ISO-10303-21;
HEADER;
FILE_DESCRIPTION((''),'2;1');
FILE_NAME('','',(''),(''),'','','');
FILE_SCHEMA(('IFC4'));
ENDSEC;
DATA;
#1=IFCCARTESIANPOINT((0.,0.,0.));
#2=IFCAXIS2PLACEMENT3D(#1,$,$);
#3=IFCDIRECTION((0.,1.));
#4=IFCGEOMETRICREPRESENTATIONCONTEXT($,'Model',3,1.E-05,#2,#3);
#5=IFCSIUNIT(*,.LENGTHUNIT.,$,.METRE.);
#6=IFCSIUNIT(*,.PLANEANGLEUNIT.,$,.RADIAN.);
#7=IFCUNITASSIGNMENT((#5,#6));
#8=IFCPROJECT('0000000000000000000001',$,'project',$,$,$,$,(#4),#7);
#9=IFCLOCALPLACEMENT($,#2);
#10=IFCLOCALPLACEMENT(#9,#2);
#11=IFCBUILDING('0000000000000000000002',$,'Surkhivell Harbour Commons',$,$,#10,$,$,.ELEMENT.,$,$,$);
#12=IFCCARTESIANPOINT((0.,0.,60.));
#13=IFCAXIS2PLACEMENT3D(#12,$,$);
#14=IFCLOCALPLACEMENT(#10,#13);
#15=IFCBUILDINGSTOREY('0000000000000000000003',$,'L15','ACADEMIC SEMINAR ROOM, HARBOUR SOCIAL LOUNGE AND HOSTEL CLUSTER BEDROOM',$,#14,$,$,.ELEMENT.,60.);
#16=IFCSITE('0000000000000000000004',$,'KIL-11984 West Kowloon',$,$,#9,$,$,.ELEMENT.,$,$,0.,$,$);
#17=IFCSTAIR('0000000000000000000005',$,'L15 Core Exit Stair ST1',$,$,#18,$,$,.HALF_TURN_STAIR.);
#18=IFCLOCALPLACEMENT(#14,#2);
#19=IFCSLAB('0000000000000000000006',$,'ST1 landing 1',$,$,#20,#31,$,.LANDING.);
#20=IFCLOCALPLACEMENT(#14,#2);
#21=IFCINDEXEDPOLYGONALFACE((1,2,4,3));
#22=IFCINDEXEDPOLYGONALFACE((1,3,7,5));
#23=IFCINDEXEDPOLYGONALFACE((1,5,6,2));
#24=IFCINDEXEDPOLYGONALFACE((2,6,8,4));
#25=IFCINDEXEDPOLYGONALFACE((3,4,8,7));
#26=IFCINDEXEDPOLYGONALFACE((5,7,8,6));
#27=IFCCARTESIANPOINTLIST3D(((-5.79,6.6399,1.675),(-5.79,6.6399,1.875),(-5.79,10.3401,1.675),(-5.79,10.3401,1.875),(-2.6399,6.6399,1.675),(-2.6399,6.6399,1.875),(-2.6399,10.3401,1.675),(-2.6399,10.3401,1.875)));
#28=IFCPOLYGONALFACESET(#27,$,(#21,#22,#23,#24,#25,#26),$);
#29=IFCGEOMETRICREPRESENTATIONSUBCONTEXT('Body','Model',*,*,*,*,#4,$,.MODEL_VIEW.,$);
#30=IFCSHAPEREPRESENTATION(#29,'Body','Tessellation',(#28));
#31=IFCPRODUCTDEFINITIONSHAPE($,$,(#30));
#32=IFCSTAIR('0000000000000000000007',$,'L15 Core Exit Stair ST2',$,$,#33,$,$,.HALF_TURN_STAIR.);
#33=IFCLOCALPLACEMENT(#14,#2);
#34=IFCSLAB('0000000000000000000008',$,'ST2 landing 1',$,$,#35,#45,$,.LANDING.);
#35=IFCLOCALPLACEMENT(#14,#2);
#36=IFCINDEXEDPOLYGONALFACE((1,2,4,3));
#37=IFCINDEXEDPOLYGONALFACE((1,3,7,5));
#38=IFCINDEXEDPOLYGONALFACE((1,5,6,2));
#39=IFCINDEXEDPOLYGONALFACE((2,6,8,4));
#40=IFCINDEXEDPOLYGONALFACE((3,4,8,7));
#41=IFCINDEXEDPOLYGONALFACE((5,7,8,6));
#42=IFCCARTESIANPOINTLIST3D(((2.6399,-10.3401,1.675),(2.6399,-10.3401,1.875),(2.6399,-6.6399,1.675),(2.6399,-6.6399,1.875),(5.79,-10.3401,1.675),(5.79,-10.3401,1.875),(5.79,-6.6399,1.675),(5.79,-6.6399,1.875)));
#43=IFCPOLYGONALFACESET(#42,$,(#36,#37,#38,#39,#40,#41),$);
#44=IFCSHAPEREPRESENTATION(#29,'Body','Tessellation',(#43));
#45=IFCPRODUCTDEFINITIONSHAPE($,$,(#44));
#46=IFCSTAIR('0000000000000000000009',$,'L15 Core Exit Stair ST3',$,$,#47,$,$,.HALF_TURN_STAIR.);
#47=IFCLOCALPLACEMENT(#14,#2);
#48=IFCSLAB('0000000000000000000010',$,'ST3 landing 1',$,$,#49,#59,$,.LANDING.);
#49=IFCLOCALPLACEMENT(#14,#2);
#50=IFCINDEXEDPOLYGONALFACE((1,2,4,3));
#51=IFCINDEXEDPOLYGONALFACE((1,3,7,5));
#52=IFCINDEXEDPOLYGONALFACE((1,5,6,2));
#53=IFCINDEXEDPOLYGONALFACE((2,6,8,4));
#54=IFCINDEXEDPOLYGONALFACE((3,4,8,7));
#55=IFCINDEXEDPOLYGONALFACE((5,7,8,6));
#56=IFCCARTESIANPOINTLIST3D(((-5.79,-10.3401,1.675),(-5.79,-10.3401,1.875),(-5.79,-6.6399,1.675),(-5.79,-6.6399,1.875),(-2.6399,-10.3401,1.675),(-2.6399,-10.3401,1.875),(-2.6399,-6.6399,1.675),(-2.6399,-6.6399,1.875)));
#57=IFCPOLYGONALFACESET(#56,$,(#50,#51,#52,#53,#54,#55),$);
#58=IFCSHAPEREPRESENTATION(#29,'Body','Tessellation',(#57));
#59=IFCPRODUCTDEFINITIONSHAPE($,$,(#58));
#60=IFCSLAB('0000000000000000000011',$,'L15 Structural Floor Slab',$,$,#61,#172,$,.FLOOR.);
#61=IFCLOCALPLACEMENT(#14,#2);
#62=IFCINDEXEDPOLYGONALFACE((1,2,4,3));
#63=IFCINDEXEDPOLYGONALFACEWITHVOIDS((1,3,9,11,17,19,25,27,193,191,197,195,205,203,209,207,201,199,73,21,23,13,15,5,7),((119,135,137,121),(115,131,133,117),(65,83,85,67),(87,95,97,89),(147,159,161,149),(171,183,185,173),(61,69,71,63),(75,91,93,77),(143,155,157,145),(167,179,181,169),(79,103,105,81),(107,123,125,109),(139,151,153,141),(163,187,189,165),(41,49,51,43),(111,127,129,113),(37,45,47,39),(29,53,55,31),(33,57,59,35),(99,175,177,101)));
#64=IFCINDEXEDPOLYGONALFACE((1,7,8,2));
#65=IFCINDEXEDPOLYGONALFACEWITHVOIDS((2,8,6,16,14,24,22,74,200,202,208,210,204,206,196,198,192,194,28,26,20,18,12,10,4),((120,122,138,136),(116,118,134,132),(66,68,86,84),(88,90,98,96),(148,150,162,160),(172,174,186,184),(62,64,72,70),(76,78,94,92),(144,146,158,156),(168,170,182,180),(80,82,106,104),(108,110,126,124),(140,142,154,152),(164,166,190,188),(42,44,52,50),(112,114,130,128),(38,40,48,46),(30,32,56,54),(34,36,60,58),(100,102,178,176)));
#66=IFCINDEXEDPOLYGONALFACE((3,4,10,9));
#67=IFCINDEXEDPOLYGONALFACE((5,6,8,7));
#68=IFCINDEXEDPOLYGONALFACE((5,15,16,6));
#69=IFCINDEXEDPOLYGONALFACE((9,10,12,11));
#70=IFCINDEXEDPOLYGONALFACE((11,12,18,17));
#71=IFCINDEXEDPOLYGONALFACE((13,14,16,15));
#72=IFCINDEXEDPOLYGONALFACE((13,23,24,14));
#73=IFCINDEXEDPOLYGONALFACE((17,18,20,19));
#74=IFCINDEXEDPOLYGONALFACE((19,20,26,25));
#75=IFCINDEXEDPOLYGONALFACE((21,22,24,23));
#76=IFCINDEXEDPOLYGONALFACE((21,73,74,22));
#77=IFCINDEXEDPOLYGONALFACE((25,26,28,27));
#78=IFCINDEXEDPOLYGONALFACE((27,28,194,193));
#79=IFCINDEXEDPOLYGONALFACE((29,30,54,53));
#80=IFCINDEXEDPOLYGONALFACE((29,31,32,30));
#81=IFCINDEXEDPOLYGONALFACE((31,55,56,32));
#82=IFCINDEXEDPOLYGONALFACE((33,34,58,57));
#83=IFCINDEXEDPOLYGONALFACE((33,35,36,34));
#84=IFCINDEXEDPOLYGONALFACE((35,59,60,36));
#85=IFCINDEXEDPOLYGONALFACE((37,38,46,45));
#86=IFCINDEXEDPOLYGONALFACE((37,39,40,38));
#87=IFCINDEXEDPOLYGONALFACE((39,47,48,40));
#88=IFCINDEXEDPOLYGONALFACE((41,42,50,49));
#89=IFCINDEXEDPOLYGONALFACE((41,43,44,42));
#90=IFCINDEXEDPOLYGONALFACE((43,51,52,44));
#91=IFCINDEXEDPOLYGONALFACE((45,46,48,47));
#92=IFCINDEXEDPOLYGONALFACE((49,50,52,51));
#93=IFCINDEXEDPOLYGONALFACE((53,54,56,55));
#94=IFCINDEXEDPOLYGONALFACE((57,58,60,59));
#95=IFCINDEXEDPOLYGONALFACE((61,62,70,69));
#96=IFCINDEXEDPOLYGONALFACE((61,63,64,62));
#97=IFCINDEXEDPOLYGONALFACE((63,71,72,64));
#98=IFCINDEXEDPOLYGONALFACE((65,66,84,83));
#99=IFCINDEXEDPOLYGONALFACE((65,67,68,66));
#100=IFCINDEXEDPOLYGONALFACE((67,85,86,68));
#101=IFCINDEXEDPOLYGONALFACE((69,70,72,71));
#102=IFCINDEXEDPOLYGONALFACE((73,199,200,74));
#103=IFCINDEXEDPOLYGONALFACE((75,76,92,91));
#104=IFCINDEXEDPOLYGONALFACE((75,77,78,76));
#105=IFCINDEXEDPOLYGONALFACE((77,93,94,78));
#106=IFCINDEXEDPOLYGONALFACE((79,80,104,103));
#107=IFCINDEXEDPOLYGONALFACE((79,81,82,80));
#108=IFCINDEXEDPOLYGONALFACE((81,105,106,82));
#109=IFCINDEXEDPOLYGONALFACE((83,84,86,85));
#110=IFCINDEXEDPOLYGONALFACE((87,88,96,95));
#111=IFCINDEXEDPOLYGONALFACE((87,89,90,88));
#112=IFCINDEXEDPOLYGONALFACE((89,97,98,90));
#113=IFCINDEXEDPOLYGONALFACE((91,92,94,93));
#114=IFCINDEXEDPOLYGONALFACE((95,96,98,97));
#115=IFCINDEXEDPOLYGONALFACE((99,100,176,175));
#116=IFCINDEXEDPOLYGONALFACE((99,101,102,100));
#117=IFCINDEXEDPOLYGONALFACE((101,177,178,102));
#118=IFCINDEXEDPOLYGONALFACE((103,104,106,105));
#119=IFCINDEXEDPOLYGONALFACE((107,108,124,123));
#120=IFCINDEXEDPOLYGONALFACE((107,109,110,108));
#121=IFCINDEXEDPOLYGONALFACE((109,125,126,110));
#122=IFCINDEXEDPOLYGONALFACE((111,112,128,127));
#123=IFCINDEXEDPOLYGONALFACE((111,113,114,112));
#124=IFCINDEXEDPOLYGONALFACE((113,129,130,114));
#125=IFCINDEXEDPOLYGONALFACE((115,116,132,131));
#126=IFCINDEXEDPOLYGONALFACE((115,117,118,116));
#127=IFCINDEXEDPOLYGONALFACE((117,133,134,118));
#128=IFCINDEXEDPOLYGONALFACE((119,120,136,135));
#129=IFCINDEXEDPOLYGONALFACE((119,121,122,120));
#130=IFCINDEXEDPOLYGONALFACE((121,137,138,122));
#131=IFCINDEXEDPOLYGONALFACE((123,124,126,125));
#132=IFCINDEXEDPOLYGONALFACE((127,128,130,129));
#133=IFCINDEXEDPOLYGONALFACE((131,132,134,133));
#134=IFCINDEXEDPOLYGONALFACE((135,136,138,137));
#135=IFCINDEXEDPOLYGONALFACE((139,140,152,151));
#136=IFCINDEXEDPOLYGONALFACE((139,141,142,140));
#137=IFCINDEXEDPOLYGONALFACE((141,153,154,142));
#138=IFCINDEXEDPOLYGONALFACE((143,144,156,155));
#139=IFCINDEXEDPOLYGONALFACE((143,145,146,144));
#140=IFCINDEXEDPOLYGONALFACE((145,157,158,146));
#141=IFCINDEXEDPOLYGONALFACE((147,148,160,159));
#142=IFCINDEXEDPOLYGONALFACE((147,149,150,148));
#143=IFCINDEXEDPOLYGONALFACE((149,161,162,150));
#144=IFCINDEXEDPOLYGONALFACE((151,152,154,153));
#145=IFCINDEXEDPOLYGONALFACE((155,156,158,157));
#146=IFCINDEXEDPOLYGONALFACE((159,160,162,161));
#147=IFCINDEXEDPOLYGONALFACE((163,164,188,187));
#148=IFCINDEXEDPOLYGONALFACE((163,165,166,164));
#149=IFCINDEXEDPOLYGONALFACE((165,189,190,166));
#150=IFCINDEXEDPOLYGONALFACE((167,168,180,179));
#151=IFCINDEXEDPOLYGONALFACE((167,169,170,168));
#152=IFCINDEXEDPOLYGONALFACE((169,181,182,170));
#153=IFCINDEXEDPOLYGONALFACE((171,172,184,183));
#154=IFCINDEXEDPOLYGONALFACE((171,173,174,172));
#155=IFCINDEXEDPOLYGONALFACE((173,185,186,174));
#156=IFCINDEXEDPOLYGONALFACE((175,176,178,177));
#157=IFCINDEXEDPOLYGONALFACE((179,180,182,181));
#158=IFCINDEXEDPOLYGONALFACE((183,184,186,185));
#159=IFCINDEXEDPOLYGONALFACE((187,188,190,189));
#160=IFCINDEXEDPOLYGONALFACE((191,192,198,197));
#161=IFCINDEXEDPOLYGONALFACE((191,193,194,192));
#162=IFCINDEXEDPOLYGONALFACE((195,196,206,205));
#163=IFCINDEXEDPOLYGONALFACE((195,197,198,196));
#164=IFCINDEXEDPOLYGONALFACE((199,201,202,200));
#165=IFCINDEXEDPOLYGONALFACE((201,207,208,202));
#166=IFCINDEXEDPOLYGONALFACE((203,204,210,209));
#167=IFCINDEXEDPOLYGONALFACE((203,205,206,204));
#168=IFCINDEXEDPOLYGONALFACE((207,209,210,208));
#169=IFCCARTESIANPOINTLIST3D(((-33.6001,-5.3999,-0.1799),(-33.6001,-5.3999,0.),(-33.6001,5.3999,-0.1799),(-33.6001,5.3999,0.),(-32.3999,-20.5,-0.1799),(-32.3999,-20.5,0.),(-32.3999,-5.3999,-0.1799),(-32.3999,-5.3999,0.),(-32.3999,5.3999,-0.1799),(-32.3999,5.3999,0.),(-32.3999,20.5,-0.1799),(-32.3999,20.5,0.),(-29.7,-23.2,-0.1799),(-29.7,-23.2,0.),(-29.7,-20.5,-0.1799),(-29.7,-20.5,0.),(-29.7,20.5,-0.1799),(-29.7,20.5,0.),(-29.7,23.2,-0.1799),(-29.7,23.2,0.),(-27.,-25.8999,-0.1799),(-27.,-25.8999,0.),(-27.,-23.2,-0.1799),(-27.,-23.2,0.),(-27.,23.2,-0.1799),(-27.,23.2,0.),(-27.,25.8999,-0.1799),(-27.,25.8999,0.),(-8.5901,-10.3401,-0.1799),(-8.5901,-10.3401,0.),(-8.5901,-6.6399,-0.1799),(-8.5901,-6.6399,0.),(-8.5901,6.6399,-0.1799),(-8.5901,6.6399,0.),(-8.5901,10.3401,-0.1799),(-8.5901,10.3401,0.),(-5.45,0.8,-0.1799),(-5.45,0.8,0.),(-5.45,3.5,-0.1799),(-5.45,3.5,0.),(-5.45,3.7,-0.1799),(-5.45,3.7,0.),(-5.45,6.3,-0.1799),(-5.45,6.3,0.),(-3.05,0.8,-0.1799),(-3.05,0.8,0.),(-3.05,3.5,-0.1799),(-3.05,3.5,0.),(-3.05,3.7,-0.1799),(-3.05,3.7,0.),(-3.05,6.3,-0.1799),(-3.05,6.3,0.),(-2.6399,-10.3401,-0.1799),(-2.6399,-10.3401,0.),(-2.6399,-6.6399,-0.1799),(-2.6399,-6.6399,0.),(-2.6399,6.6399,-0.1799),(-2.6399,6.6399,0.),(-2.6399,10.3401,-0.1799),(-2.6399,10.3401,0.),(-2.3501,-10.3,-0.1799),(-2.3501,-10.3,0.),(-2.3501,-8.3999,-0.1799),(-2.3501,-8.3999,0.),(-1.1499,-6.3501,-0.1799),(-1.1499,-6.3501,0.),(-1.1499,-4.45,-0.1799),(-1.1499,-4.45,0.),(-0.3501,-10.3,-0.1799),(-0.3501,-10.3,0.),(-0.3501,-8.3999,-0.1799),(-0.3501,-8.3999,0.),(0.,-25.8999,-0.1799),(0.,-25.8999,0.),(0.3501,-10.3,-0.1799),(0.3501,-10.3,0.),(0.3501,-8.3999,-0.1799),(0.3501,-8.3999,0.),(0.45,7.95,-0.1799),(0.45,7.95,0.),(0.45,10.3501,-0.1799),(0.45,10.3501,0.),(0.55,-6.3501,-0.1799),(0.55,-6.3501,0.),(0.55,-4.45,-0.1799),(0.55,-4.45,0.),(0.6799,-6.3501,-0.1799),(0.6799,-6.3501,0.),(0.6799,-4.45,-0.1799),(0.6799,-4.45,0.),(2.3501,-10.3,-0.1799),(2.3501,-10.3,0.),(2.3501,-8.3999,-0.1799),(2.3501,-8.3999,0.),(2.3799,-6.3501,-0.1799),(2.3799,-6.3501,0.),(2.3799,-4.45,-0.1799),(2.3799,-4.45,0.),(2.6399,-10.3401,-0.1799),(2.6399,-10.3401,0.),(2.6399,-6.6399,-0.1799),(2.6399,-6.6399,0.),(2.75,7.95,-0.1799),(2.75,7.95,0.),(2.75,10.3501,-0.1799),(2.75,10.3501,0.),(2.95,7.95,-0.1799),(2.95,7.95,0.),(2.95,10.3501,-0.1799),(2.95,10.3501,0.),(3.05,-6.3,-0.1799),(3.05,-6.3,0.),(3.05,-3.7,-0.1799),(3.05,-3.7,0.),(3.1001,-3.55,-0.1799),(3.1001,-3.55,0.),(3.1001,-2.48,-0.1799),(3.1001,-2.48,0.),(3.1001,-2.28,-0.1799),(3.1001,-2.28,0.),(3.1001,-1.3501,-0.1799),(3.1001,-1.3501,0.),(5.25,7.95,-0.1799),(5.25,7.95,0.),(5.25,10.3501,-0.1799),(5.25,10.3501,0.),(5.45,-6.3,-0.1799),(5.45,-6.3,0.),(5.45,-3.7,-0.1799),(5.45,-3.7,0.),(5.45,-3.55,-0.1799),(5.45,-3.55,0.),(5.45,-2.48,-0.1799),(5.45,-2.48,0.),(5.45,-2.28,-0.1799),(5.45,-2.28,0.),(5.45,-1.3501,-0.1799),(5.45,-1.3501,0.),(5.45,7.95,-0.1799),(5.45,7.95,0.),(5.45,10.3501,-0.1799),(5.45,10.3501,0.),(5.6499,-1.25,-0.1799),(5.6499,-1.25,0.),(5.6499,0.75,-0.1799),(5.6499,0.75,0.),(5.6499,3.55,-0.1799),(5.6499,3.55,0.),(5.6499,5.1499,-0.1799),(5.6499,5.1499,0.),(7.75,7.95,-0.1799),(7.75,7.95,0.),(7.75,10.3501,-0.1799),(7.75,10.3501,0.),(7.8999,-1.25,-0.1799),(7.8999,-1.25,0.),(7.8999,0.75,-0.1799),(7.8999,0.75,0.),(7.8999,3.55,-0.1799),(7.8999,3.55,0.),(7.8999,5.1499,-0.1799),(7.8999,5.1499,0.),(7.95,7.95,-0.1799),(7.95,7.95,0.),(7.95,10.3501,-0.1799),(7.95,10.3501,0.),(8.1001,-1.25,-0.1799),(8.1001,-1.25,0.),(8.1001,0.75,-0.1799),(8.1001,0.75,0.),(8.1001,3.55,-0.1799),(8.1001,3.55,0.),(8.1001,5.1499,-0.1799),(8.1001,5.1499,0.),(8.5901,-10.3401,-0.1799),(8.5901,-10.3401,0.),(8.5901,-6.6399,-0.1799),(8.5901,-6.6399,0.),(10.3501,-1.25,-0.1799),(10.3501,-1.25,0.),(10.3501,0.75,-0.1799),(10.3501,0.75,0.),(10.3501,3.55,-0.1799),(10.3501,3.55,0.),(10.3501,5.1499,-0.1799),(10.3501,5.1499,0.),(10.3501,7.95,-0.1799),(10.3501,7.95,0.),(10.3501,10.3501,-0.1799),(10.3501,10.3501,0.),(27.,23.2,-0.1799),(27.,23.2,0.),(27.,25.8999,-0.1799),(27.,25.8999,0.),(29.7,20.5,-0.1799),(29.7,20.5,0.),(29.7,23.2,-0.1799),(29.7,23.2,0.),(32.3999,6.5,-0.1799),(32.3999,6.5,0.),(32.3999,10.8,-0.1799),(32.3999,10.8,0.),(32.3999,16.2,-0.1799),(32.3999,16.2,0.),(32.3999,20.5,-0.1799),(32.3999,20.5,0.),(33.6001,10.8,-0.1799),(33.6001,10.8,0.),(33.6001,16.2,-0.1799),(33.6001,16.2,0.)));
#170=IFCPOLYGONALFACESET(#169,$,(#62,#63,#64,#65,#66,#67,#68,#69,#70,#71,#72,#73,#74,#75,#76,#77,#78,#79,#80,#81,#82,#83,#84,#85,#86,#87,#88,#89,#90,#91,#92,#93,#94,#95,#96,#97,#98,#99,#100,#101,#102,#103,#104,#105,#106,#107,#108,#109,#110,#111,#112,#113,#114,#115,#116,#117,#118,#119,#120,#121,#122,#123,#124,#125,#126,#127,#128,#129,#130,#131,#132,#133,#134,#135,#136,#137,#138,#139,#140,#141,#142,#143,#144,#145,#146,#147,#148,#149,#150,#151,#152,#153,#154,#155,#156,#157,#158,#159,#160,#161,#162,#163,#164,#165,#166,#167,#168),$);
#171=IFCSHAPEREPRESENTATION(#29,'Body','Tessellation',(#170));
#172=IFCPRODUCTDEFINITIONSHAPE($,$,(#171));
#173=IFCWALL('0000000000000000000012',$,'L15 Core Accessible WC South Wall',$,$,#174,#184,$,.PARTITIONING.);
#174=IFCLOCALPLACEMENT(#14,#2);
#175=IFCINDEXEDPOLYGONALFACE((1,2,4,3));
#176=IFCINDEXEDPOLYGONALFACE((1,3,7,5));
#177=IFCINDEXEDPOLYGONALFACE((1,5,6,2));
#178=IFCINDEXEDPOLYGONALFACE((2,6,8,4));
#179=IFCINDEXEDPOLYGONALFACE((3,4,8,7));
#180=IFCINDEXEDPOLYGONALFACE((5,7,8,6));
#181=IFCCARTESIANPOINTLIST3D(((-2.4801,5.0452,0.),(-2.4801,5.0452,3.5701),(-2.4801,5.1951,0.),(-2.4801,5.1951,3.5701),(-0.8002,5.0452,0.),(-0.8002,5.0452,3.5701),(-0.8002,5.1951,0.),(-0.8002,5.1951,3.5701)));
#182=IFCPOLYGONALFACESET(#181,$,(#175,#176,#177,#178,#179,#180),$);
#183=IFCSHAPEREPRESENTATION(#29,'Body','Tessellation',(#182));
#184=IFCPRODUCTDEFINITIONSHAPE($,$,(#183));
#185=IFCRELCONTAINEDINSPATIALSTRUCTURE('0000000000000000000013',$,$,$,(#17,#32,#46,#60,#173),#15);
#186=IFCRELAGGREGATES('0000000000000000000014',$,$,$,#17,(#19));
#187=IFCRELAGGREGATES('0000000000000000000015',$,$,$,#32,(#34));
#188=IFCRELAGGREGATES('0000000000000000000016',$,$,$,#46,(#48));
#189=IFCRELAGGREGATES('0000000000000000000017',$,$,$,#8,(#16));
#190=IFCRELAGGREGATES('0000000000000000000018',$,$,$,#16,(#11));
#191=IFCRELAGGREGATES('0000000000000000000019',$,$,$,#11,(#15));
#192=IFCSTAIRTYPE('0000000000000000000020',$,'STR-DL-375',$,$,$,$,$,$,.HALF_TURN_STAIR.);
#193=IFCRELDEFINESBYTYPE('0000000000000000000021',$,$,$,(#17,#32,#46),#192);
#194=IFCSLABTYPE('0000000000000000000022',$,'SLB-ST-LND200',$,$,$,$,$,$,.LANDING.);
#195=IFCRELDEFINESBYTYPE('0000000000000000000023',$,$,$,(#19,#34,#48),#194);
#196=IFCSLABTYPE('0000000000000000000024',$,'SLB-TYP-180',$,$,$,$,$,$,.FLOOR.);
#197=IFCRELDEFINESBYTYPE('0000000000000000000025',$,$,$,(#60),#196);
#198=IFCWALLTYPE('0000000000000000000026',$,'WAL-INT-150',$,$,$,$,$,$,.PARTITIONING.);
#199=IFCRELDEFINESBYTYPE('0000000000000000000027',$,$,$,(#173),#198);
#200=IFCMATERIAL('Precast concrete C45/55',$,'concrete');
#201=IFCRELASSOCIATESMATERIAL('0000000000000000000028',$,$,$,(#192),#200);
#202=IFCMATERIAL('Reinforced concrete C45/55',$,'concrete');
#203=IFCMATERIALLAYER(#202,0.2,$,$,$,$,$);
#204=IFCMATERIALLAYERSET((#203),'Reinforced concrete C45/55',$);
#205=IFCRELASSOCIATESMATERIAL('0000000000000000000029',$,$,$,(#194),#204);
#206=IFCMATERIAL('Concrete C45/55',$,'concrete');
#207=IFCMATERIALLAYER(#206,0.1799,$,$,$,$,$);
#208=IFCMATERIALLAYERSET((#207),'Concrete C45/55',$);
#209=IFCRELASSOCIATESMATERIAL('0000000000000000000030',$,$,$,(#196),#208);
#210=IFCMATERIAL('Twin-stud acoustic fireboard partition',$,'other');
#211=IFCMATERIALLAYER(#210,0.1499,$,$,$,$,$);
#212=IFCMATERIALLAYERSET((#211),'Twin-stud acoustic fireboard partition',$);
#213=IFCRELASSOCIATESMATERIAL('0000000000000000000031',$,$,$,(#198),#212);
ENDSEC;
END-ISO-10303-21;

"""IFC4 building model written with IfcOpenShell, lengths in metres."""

from ifc_helpers import new_model, si_unit, direction, frame, frame_2d, origin, place, context, subcontext, project, spatial, polyline, rectangle, outline, extrude, material, layer, layer_set, type_object, element, aggregate, save


model = new_model("IFC4")

# Units and contexts
model_context = context("Model", 3, precision=1e-05, world=origin(), true_north=direction((0.0, 1.0)))
body_context = subcontext(model_context, "Body", "Model", "MODEL_VIEW")
ifc_project = project(units=[si_unit("LENGTHUNIT", "METRE"), si_unit("PLANEANGLEUNIT", "RADIAN")], contexts=[model_context])

# Site, building, storey
site_placement = place(None, origin())
site = spatial("IfcSite", under=ifc_project, at=site_placement, Name="KIL-11984 West Kowloon", CompositionType="ELEMENT", RefElevation=0.0)
building_placement = place(site_placement, origin())
building = spatial("IfcBuilding", under=site, at=building_placement, Name="Surkhivell Harbour Commons", CompositionType="ELEMENT")
storey_placement = place(building_placement, frame((0.0, 0.0, 60.0)))
storey = spatial("IfcBuildingStorey", under=building, at=storey_placement, Name="L15", Description="ACADEMIC SEMINAR ROOM, HARBOUR SOCIAL LOUNGE AND HOSTEL CLUSTER BEDROOM", CompositionType="ELEMENT", Elevation=60.0)

# Stairs, slabs
ifc_material_1 = material(Name="Precast concrete C45/55", Category="concrete")
stair_type = type_object("IfcStairType", Name="STR-DL-375", PredefinedType="HALF_TURN_STAIR", material=ifc_material_1)
stair_1_placement = place(storey_placement, origin())
stair_1 = element("IfcStair", 1, at=stair_1_placement, inside=storey, type_object=stair_type, Name="L15 Core Exit Stair ST1", PredefinedType="HALF_TURN_STAIR")
ifc_material_2 = material(Name="Reinforced concrete C45/55", Category="concrete")
ifc_layer_1 = layer(ifc_material_2, 0.2)
ifc_layer_set_1 = layer_set([ifc_layer_1], Name="Reinforced concrete C45/55")
slab_type_1 = type_object("IfcSlabType", Name="SLB-ST-LND200", PredefinedType="LANDING", material=ifc_layer_set_1)
slab_1_placement = place(storey_placement, frame((0.0, 0.0, 1.675)))
slab_1 = element("IfcSlab", 2, at=slab_1_placement, type_object=slab_type_1, Name="ST1 landing 1", PredefinedType="LANDING", context=body_context, shape_type="SweptSolid", body=[
    extrude(outline(polyline([(-5.79, 6.6399), (-2.6399, 6.6399), (-2.6399, 10.3401), (-5.79, 10.3401), (-5.79, 6.6399)])), origin(), (0.0, 0.0, 1.0), 0.2),
])
aggregate(stair_1, [slab_1])
stair_2_placement = place(storey_placement, origin())
stair_2 = element("IfcStair", 3, at=stair_2_placement, inside=storey, type_object=stair_type, Name="L15 Core Exit Stair ST2", PredefinedType="HALF_TURN_STAIR")
slab_2_placement = place(storey_placement, frame((0.0, 0.0, 1.675)))
slab_2 = element("IfcSlab", 4, at=slab_2_placement, type_object=slab_type_1, Name="ST2 landing 1", PredefinedType="LANDING", context=body_context, shape_type="SweptSolid", body=[
    extrude(outline(polyline([(5.79, -6.6399), (2.6399, -6.6399), (2.6399, -10.3401), (5.79, -10.3401), (5.79, -6.6399)])), origin(), (0.0, 0.0, 1.0), 0.2),
])
aggregate(stair_2, [slab_2])
stair_3_placement = place(storey_placement, origin())
stair_3 = element("IfcStair", 5, at=stair_3_placement, inside=storey, type_object=stair_type, Name="L15 Core Exit Stair ST3", PredefinedType="HALF_TURN_STAIR")
slab_3_placement = place(storey_placement, frame((0.0, 0.0, 1.675)))
slab_3 = element("IfcSlab", 6, at=slab_3_placement, type_object=slab_type_1, Name="ST3 landing 1", PredefinedType="LANDING", context=body_context, shape_type="SweptSolid", body=[
    extrude(outline(polyline([(-5.79, -10.3401), (-2.6399, -10.3401), (-2.6399, -6.6399), (-5.79, -6.6399), (-5.79, -10.3401)])), origin(), (0.0, 0.0, 1.0), 0.2),
])
aggregate(stair_3, [slab_3])

# Slab
ifc_material_3 = material(Name="Concrete C45/55", Category="concrete")
ifc_layer_2 = layer(ifc_material_3, 0.1799)
ifc_layer_set_2 = layer_set([ifc_layer_2], Name="Concrete C45/55")
slab_type_2 = type_object("IfcSlabType", Name="SLB-TYP-180", PredefinedType="FLOOR", material=ifc_layer_set_2)
slab_4_placement = place(storey_placement, frame((0.0, 0.0, -0.1799)))
element("IfcSlab", 7, at=slab_4_placement, inside=storey, type_object=slab_type_2, Name="L15 Structural Floor Slab", PredefinedType="FLOOR", context=body_context, shape_type="SweptSolid", body=[
    extrude(outline(polyline([(-32.3999, 20.5), (-32.3999, 5.3999), (-33.6001, 5.3999), (-33.6001, -5.3999), (-32.3999, -5.3999), (-32.3999, -20.5), (-29.7, -20.5), (-29.7, -23.2), (-27.0, -23.2), (-27.0, -25.8999), (0.0, -25.8999), (32.3999, 6.5), (32.3999, 10.8), (33.6001, 10.8), (33.6001, 16.2), (32.3999, 16.2), (32.3999, 20.5), (29.7, 20.5), (29.7, 23.2), (27.0, 23.2), (27.0, 25.8999), (-27.0, 25.8999), (-27.0, 23.2), (-29.7, 23.2), (-29.7, 20.5), (-32.3999, 20.5)]), holes=[polyline([(-8.5901, 6.6399), (-2.6399, 6.6399), (-2.6399, 10.3401), (-8.5901, 10.3401), (-8.5901, 6.6399)]), polyline([(8.5901, -6.6399), (2.6399, -6.6399), (2.6399, -10.3401), (8.5901, -10.3401), (8.5901, -6.6399)]), polyline([(-8.5901, -10.3401), (-2.6399, -10.3401), (-2.6399, -6.6399), (-8.5901, -6.6399), (-8.5901, -10.3401)]), polyline([(0.45, 7.95), (2.75, 7.95), (2.75, 10.3501), (0.45, 10.3501), (0.45, 7.95)]), polyline([(2.95, 7.95), (5.25, 7.95), (5.25, 10.3501), (2.95, 10.3501), (2.95, 7.95)]), polyline([(5.45, 7.95), (7.75, 7.95), (7.75, 10.3501), (5.45, 10.3501), (5.45, 7.95)]), polyline([(7.95, 7.95), (10.3501, 7.95), (10.3501, 10.3501), (7.95, 10.3501), (7.95, 7.95)]), polyline([(5.6499, 3.55), (7.8999, 3.55), (7.8999, 5.1499), (5.6499, 5.1499), (5.6499, 3.55)]), polyline([(8.1001, 3.55), (10.3501, 3.55), (10.3501, 5.1499), (8.1001, 5.1499), (8.1001, 3.55)]), polyline([(5.6499, -1.25), (7.8999, -1.25), (7.8999, 0.75), (5.6499, 0.75), (5.6499, -1.25)]), polyline([(8.1001, -1.25), (10.3501, -1.25), (10.3501, 0.75), (8.1001, 0.75), (8.1001, -1.25)]), polyline([(-1.1499, -6.3501), (0.55, -6.3501), (0.55, -4.45), (-1.1499, -4.45), (-1.1499, -6.3501)]), polyline([(0.6799, -6.3501), (2.3799, -6.3501), (2.3799, -4.45), (0.6799, -4.45), (0.6799, -6.3501)]), polyline([(-2.3501, -10.3), (-0.3501, -10.3), (-0.3501, -8.3999), (-2.3501, -8.3999), (-2.3501, -10.3)]), polyline([(0.3501, -10.3), (2.3501, -10.3), (2.3501, -8.3999), (0.3501, -8.3999), (0.3501, -10.3)]), polyline([(-5.45, 3.7), (-3.05, 3.7), (-3.05, 6.3), (-5.45, 6.3), (-5.45, 3.7)]), polyline([(3.05, -6.3), (5.45, -6.3), (5.45, -3.7), (3.05, -3.7), (3.05, -6.3)]), polyline([(-5.45, 0.8), (-3.05, 0.8), (-3.05, 3.5), (-5.45, 3.5), (-5.45, 0.8)]), polyline([(3.1001, -3.55), (5.45, -3.55), (5.45, -2.48), (3.1001, -2.48), (3.1001, -3.55)]), polyline([(3.1001, -2.28), (5.45, -2.28), (5.45, -1.3501), (3.1001, -1.3501), (3.1001, -2.28)])]), origin(), (0.0, 0.0, 1.0), 0.1799),
])

# Wall
ifc_material_4 = material(Name="Twin-stud acoustic fireboard partition", Category="other")
ifc_layer_3 = layer(ifc_material_4, 0.1499)
ifc_layer_set_3 = layer_set([ifc_layer_3], Name="Twin-stud acoustic fireboard partition")
wall_type_1 = type_object("IfcWallType", Name="WAL-INT-150", PredefinedType="PARTITIONING", material=ifc_layer_set_3)
wall_1_placement = place(storey_placement, frame((-2.48, 5.1201, 0.0), z_axis=(0.0, 0.0, 1.0), x_axis=(1.0, 0.0, 0.0)))
element("IfcWall", 8, at=wall_1_placement, inside=storey, type_object=wall_type_1, Name="L15 Core Accessible WC South Wall", PredefinedType="PARTITIONING", context=body_context, shape_type="SweptSolid", body=[
    extrude(rectangle(XDim=1.6799, YDim=0.1499, at=frame_2d((0.8398, 0.0))), origin(), (0.0, 0.0, 1.0), 3.5701),
])

save(model, "model.ifc")
